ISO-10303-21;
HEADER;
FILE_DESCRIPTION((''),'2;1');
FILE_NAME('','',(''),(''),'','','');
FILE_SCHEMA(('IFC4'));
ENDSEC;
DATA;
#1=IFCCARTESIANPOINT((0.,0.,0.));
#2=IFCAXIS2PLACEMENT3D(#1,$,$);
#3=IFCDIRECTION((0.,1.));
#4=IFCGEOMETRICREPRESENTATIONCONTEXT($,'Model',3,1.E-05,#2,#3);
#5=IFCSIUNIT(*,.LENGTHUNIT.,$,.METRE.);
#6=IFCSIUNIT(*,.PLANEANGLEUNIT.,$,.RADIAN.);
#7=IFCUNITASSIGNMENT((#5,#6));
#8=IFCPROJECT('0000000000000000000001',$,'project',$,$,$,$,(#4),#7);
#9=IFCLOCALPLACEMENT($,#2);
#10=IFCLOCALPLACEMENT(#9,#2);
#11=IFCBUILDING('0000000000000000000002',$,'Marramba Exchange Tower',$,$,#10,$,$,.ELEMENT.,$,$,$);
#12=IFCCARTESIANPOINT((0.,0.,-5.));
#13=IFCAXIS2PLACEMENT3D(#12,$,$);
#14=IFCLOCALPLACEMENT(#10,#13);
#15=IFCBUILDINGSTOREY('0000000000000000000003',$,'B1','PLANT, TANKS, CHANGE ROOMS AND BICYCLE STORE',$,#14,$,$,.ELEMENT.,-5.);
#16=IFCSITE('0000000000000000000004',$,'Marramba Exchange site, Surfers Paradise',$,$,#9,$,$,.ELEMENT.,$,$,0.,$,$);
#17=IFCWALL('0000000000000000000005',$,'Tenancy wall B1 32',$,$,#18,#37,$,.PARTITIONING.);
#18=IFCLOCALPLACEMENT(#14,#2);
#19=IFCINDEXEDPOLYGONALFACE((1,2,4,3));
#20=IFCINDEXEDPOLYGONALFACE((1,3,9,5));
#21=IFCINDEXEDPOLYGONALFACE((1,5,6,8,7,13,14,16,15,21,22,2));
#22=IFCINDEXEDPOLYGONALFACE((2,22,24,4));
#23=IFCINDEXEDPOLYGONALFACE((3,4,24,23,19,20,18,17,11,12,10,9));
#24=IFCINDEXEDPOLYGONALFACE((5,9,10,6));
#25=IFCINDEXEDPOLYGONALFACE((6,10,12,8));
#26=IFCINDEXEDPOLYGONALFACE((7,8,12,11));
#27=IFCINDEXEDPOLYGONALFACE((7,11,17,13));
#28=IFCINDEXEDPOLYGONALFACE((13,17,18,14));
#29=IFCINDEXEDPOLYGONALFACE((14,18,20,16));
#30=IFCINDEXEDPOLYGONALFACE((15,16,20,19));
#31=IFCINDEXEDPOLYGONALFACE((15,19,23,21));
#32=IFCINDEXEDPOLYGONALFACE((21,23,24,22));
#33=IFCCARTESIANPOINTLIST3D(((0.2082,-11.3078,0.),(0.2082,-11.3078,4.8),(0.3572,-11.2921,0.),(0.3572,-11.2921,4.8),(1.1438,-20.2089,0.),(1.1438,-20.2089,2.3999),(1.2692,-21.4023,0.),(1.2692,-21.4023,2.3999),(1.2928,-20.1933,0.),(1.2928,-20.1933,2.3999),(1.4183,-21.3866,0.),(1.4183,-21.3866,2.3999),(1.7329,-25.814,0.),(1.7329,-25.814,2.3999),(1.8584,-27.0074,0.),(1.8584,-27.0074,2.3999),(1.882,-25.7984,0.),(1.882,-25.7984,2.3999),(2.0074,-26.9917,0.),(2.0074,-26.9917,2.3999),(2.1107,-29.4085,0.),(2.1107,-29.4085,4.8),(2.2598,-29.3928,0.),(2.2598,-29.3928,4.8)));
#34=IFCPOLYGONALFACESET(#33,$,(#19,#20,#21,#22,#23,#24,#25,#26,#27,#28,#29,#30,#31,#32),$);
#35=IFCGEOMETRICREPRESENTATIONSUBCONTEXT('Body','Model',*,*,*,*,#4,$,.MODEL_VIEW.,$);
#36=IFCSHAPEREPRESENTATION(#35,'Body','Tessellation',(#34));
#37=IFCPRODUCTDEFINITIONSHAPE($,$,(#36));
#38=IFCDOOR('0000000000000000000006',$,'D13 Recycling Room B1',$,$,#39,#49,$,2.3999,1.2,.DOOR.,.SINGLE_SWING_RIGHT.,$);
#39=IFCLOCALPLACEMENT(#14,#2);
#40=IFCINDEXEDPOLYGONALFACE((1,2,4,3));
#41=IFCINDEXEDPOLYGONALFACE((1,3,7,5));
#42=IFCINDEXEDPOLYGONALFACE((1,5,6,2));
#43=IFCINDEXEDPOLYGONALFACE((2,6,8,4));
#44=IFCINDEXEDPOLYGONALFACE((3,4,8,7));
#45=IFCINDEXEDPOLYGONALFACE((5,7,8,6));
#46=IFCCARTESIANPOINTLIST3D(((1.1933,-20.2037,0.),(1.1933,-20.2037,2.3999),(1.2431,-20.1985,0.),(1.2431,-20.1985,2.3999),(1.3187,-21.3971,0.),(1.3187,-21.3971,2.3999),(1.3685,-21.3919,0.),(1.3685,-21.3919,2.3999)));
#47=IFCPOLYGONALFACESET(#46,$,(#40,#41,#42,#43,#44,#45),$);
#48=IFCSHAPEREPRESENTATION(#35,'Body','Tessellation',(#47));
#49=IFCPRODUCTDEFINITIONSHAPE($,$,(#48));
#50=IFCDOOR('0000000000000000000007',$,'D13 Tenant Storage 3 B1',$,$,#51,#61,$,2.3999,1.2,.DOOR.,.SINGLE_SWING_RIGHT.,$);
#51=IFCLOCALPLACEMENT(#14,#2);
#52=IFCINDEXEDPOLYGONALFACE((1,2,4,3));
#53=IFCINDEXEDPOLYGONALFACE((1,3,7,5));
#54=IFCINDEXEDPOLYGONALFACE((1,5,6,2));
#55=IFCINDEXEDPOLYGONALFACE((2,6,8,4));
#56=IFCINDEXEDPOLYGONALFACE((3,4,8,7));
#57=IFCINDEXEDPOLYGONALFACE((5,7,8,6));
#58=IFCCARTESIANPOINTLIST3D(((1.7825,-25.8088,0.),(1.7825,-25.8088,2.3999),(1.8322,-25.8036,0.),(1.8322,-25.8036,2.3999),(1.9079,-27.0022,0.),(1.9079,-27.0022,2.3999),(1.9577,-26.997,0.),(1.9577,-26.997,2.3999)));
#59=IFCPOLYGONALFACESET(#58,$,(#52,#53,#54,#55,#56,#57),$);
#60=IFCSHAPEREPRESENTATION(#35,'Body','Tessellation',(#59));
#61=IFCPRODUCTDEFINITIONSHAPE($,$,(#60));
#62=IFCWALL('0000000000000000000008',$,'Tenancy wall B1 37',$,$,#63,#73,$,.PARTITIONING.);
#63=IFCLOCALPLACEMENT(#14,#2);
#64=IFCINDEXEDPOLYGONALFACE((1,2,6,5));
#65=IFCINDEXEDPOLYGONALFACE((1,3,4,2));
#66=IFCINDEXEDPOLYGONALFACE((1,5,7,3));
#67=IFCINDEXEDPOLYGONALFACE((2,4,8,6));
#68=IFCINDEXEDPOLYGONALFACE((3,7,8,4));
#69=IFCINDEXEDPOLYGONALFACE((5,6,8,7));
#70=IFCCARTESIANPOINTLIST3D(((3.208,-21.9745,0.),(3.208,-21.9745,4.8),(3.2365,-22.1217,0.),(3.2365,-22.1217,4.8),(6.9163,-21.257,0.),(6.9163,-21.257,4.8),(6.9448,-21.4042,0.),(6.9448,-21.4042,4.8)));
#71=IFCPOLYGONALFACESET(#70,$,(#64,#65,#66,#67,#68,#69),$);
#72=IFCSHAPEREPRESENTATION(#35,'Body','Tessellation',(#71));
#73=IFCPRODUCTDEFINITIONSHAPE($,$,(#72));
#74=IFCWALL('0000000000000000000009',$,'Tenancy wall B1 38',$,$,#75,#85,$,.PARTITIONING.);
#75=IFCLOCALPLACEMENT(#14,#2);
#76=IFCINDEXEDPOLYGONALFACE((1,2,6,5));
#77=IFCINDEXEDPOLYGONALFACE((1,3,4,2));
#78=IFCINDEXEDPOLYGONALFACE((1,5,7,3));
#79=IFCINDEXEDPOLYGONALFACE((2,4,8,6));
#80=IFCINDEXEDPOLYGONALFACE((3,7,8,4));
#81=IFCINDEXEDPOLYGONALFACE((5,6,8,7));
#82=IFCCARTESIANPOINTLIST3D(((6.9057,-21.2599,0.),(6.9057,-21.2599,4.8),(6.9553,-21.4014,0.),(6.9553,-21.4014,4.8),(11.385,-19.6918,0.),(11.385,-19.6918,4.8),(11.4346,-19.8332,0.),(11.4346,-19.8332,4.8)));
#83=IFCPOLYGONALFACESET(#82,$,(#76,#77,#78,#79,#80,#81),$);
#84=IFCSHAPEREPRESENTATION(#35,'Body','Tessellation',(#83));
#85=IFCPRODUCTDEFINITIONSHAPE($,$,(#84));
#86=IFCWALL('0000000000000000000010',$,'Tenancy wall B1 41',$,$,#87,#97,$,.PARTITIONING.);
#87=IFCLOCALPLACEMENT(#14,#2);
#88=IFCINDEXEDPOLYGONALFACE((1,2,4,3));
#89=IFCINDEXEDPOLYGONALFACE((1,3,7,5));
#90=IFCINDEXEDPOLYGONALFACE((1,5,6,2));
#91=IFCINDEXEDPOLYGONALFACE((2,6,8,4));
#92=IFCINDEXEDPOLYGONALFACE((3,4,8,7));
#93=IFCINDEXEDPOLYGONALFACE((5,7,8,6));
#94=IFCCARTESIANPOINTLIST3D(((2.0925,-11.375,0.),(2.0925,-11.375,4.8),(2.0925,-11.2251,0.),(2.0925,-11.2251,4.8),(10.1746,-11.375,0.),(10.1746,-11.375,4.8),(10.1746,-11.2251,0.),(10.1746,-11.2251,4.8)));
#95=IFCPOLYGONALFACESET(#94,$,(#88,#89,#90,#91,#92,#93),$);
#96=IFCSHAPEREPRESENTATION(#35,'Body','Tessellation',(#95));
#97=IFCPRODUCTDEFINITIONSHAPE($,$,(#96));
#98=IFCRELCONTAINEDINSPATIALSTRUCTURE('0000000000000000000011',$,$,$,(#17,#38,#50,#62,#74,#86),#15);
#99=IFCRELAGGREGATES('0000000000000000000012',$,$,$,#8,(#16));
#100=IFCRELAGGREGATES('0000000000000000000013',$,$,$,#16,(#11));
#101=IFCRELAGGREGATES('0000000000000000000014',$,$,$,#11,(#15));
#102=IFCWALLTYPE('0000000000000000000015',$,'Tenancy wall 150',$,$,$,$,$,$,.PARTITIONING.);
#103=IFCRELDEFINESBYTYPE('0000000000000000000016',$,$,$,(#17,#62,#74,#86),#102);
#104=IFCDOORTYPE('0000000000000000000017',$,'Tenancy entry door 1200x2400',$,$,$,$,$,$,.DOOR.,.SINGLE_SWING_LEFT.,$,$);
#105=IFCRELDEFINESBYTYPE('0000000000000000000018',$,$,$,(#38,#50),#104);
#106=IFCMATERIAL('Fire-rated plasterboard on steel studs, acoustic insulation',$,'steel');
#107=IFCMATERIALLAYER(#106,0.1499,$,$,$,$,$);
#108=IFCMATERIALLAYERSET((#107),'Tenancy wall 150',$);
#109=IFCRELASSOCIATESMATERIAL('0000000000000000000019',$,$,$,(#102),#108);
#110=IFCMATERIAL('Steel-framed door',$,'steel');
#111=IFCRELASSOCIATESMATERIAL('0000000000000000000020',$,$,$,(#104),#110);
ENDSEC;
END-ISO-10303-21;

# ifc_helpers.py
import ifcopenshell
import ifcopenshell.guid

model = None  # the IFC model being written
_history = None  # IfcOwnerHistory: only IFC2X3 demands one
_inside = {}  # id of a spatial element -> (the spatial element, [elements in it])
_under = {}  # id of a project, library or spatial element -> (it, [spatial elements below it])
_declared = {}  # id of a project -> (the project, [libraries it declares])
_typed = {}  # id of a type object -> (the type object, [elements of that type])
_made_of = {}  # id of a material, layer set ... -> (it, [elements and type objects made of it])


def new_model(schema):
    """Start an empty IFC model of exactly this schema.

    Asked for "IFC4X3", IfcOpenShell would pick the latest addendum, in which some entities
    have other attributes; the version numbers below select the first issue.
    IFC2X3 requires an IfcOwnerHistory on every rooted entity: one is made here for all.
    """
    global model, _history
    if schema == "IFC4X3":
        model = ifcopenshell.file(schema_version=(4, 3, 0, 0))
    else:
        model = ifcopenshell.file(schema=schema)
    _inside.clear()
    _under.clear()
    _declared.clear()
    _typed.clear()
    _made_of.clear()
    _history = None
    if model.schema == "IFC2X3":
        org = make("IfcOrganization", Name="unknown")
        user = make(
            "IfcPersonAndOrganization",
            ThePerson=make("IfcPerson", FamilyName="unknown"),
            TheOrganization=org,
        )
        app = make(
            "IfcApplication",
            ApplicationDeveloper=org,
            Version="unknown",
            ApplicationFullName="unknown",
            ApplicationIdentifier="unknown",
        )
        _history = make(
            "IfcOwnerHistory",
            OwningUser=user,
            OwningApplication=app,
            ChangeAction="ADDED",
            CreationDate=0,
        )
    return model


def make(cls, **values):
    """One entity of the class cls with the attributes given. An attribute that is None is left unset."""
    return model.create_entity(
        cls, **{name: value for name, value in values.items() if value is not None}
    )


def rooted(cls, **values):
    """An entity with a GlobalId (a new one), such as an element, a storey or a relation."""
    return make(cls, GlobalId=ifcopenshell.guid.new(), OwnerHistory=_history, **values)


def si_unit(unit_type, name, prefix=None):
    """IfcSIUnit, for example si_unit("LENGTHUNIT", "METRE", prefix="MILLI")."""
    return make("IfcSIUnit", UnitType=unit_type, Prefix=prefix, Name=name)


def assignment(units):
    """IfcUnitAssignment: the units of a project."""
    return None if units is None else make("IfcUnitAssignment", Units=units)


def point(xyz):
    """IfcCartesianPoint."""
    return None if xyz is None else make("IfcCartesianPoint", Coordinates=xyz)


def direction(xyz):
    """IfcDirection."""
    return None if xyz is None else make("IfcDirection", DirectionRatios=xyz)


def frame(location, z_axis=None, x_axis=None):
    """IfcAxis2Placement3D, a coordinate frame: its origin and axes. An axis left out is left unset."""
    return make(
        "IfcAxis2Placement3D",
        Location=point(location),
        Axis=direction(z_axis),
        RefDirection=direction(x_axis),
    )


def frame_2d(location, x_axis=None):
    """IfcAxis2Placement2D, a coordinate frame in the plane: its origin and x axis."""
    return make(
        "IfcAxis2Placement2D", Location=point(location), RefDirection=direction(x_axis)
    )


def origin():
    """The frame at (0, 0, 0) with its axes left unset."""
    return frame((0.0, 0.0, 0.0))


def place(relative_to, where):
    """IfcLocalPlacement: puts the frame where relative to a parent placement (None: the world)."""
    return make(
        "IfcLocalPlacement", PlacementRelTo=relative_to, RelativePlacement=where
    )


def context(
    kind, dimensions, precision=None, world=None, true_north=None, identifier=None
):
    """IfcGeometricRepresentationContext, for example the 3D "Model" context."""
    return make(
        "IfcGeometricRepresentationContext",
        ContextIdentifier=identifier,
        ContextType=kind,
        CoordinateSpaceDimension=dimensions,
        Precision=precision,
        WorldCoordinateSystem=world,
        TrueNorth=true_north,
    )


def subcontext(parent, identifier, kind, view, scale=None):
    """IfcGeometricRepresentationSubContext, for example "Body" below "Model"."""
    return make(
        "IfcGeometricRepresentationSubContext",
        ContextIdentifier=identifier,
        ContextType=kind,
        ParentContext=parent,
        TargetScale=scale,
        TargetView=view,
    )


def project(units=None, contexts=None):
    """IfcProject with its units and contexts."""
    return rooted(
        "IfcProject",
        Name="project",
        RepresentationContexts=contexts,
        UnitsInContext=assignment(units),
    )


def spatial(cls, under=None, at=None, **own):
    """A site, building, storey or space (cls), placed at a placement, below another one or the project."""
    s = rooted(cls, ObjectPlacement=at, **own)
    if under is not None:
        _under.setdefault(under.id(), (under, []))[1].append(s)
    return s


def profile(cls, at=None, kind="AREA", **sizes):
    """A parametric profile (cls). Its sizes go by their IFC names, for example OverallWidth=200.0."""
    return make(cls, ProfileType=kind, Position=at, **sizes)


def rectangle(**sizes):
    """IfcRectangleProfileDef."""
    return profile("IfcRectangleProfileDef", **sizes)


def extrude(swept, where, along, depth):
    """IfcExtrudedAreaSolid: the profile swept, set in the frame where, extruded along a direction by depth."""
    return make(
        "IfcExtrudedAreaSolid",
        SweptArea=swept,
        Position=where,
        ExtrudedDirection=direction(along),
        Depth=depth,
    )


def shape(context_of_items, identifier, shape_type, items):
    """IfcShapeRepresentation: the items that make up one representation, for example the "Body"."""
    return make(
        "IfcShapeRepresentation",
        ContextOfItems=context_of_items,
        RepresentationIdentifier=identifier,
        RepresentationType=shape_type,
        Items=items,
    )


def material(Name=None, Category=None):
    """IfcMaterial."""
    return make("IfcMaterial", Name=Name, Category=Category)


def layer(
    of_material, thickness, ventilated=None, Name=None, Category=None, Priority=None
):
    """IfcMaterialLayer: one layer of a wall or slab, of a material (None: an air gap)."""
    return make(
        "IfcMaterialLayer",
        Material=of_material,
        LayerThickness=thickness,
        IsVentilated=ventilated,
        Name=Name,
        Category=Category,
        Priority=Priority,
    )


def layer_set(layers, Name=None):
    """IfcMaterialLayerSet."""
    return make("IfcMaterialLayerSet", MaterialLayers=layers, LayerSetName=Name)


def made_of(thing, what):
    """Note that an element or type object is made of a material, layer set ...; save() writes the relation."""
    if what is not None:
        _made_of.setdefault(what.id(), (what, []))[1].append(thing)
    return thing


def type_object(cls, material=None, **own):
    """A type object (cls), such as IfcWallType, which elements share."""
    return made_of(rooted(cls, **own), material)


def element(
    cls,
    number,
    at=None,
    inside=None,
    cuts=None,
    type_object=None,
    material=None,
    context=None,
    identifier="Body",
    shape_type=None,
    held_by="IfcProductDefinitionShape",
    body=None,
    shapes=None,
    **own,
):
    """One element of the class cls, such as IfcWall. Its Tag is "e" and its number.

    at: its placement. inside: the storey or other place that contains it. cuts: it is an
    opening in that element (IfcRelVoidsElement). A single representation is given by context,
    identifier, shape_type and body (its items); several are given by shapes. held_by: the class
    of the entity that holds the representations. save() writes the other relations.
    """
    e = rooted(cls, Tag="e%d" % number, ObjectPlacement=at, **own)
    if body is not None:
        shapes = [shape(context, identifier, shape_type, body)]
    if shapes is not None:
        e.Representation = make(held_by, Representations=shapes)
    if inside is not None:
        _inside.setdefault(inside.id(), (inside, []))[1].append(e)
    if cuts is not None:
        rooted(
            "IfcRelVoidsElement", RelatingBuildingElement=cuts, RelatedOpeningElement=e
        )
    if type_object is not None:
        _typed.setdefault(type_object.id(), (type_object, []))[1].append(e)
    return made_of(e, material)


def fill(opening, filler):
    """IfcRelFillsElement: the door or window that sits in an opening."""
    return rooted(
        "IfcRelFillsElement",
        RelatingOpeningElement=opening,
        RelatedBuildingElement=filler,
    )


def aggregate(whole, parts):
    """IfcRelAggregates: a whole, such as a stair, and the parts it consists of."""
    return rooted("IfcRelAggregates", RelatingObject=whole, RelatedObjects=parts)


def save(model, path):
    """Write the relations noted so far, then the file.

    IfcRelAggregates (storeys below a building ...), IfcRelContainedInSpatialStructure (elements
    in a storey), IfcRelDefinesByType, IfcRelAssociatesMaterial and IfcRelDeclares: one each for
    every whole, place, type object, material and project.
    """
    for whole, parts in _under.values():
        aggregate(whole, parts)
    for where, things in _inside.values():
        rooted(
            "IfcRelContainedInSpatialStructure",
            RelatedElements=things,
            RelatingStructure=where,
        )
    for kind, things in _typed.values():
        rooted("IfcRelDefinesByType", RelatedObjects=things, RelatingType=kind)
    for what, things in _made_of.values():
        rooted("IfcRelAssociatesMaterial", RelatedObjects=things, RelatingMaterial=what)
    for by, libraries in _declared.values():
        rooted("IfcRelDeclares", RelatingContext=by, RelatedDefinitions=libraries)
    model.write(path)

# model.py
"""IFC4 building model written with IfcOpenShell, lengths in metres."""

from ifc_helpers import new_model, si_unit, direction, frame, frame_2d, origin, place, context, subcontext, project, spatial, rectangle, extrude, material, layer, layer_set, type_object, element, fill, save


model = new_model("IFC4")

# Units and contexts
model_context = context("Model", 3, precision=1e-05, world=origin(), true_north=direction((0.0, 1.0)))
body_context = subcontext(model_context, "Body", "Model", "MODEL_VIEW")
ifc_project = project(units=[si_unit("LENGTHUNIT", "METRE"), si_unit("PLANEANGLEUNIT", "RADIAN")], contexts=[model_context])

# Site, building, storey
site_placement = place(None, origin())
site = spatial("IfcSite", under=ifc_project, at=site_placement, Name="Marramba Exchange site, Surfers Paradise", CompositionType="ELEMENT", RefElevation=0.0)
building_placement = place(site_placement, origin())
building = spatial("IfcBuilding", under=site, at=building_placement, Name="Marramba Exchange Tower", CompositionType="ELEMENT")
storey_placement = place(building_placement, frame((0.0, 0.0, -5.0)))
storey = spatial("IfcBuildingStorey", under=building, at=storey_placement, Name="B1", Description="PLANT, TANKS, CHANGE ROOMS AND BICYCLE STORE", CompositionType="ELEMENT", Elevation=-5.0)

# Shared definitions
ifc_material_1 = material(Name="Fire-rated plasterboard on steel studs, acoustic insulation", Category="steel")
ifc_layer_1 = layer(ifc_material_1, 0.1499)
ifc_layer_set_1 = layer_set([ifc_layer_1], Name="Tenancy wall 150")
wall_type_1 = type_object("IfcWallType", Name="Tenancy wall 150", PredefinedType="PARTITIONING", material=ifc_layer_set_1)

# Wall, openings, doors
wall_1_placement = place(storey_placement, frame((0.2827, -11.3, 0.0), z_axis=(0.0, 0.0, 1.0), x_axis=(0.104535, -0.994521, 0.0)))
wall_1 = element("IfcWall", 1, at=wall_1_placement, inside=storey, type_object=wall_type_1, Name="Tenancy wall B1 32", PredefinedType="PARTITIONING", context=body_context, shape_type="SweptSolid", body=[
    extrude(rectangle(XDim=18.2004, YDim=0.1499, at=frame_2d((9.1001, 0.0))), origin(), (0.0, 0.0, 1.0), 4.8),
])
opening_1_placement = place(wall_1_placement, frame((8.95, 0.0, 0.0)))
opening_1 = element("IfcOpeningElement", 2, at=opening_1_placement, cuts=wall_1, PredefinedType="OPENING", context=body_context, shape_type="SweptSolid", body=[
    extrude(rectangle(XDim=1.2, YDim=2.3999, at=frame_2d((0.6001, 1.2))), frame((0.0, 0.085, 0.0), z_axis=(0.0, -1.0, 0.0), x_axis=(1.0, 0.0, 0.0)), (0.0, 0.0, 1.0), 0.1699),
])
opening_2_placement = place(wall_1_placement, frame((14.5859, 0.0, 0.0)))
opening_2 = element("IfcOpeningElement", 3, at=opening_2_placement, cuts=wall_1, PredefinedType="OPENING", context=body_context, shape_type="SweptSolid", body=[
    extrude(rectangle(XDim=1.2, YDim=2.3999, at=frame_2d((0.6001, 1.2))), frame((0.0, 0.085, 0.0), z_axis=(0.0, -1.0, 0.0), x_axis=(1.0, 0.0, 0.0)), (0.0, 0.0, 1.0), 0.1699),
])
ifc_material_2 = material(Name="Steel-framed door", Category="steel")
door_type = type_object("IfcDoorType", Name="Tenancy entry door 1200x2400", OperationType="SINGLE_SWING_LEFT", PredefinedType="DOOR", material=ifc_material_2)
door_1_placement = place(opening_1_placement, origin())
door_1 = element("IfcDoor", 4, at=door_1_placement, inside=storey, type_object=door_type, Name="D13 Recycling Room B1", OperationType="SINGLE_SWING_RIGHT", OverallHeight=2.3999, OverallWidth=1.2, PredefinedType="DOOR", context=body_context, shape_type="SweptSolid", body=[
    extrude(rectangle(XDim=1.2, YDim=2.3999, at=frame_2d((0.6001, 1.2))), frame((0.0, 0.0249, 0.0), z_axis=(0.0, -1.0, 0.0), x_axis=(1.0, 0.0, 0.0)), (0.0, 0.0, 1.0), 0.05),
])
fill(opening_1, door_1)
door_2_placement = place(opening_2_placement, origin())
door_2 = element("IfcDoor", 5, at=door_2_placement, inside=storey, type_object=door_type, Name="D13 Tenant Storage 3 B1", OperationType="SINGLE_SWING_RIGHT", OverallHeight=2.3999, OverallWidth=1.2, PredefinedType="DOOR", context=body_context, shape_type="SweptSolid", body=[
    extrude(rectangle(XDim=1.2, YDim=2.3999, at=frame_2d((0.6001, 1.2))), frame((0.0, 0.0249, 0.0), z_axis=(0.0, -1.0, 0.0), x_axis=(1.0, 0.0, 0.0)), (0.0, 0.0, 1.0), 0.05),
])
fill(opening_2, door_2)

# Walls
wall_2_placement = place(storey_placement, frame((6.9307, -21.3306, 0.0), z_axis=(0.0, 0.0, 1.0), x_axis=(-0.98179, -0.189972, 0.0)))
element("IfcWall", 6, at=wall_2_placement, inside=storey, type_object=wall_type_1, Name="Tenancy wall B1 37", PredefinedType="PARTITIONING", context=body_context, shape_type="SweptSolid", body=[
    extrude(rectangle(XDim=3.7771, YDim=0.1499, at=frame_2d((1.8887, 0.0))), origin(), (0.0, 0.0, 1.0), 4.8),
])
wall_3_placement = place(storey_placement, frame((11.4099, -19.7625, 0.0), z_axis=(0.0, 0.0, 1.0), x_axis=(-0.943833, -0.330421, 0.0)))
element("IfcWall", 7, at=wall_3_placement, inside=storey, type_object=wall_type_1, Name="Tenancy wall B1 38", PredefinedType="PARTITIONING", context=body_context, shape_type="SweptSolid", body=[
    extrude(rectangle(XDim=4.7458, YDim=0.1499, at=frame_2d((2.373, 0.0))), origin(), (0.0, 0.0, 1.0), 4.8),
])
wall_4_placement = place(storey_placement, frame((2.0925, -11.3, 0.0), z_axis=(0.0, 0.0, 1.0), x_axis=(1.0, 0.0, 0.0)))
element("IfcWall", 8, at=wall_4_placement, inside=storey, type_object=wall_type_1, Name="Tenancy wall B1 41", PredefinedType="PARTITIONING", context=body_context, shape_type="SweptSolid", body=[
    extrude(rectangle(XDim=8.082, YDim=0.1499, at=frame_2d((4.041, 0.0))), origin(), (0.0, 0.0, 1.0), 4.8),
])

save(model, "model.ifc")
